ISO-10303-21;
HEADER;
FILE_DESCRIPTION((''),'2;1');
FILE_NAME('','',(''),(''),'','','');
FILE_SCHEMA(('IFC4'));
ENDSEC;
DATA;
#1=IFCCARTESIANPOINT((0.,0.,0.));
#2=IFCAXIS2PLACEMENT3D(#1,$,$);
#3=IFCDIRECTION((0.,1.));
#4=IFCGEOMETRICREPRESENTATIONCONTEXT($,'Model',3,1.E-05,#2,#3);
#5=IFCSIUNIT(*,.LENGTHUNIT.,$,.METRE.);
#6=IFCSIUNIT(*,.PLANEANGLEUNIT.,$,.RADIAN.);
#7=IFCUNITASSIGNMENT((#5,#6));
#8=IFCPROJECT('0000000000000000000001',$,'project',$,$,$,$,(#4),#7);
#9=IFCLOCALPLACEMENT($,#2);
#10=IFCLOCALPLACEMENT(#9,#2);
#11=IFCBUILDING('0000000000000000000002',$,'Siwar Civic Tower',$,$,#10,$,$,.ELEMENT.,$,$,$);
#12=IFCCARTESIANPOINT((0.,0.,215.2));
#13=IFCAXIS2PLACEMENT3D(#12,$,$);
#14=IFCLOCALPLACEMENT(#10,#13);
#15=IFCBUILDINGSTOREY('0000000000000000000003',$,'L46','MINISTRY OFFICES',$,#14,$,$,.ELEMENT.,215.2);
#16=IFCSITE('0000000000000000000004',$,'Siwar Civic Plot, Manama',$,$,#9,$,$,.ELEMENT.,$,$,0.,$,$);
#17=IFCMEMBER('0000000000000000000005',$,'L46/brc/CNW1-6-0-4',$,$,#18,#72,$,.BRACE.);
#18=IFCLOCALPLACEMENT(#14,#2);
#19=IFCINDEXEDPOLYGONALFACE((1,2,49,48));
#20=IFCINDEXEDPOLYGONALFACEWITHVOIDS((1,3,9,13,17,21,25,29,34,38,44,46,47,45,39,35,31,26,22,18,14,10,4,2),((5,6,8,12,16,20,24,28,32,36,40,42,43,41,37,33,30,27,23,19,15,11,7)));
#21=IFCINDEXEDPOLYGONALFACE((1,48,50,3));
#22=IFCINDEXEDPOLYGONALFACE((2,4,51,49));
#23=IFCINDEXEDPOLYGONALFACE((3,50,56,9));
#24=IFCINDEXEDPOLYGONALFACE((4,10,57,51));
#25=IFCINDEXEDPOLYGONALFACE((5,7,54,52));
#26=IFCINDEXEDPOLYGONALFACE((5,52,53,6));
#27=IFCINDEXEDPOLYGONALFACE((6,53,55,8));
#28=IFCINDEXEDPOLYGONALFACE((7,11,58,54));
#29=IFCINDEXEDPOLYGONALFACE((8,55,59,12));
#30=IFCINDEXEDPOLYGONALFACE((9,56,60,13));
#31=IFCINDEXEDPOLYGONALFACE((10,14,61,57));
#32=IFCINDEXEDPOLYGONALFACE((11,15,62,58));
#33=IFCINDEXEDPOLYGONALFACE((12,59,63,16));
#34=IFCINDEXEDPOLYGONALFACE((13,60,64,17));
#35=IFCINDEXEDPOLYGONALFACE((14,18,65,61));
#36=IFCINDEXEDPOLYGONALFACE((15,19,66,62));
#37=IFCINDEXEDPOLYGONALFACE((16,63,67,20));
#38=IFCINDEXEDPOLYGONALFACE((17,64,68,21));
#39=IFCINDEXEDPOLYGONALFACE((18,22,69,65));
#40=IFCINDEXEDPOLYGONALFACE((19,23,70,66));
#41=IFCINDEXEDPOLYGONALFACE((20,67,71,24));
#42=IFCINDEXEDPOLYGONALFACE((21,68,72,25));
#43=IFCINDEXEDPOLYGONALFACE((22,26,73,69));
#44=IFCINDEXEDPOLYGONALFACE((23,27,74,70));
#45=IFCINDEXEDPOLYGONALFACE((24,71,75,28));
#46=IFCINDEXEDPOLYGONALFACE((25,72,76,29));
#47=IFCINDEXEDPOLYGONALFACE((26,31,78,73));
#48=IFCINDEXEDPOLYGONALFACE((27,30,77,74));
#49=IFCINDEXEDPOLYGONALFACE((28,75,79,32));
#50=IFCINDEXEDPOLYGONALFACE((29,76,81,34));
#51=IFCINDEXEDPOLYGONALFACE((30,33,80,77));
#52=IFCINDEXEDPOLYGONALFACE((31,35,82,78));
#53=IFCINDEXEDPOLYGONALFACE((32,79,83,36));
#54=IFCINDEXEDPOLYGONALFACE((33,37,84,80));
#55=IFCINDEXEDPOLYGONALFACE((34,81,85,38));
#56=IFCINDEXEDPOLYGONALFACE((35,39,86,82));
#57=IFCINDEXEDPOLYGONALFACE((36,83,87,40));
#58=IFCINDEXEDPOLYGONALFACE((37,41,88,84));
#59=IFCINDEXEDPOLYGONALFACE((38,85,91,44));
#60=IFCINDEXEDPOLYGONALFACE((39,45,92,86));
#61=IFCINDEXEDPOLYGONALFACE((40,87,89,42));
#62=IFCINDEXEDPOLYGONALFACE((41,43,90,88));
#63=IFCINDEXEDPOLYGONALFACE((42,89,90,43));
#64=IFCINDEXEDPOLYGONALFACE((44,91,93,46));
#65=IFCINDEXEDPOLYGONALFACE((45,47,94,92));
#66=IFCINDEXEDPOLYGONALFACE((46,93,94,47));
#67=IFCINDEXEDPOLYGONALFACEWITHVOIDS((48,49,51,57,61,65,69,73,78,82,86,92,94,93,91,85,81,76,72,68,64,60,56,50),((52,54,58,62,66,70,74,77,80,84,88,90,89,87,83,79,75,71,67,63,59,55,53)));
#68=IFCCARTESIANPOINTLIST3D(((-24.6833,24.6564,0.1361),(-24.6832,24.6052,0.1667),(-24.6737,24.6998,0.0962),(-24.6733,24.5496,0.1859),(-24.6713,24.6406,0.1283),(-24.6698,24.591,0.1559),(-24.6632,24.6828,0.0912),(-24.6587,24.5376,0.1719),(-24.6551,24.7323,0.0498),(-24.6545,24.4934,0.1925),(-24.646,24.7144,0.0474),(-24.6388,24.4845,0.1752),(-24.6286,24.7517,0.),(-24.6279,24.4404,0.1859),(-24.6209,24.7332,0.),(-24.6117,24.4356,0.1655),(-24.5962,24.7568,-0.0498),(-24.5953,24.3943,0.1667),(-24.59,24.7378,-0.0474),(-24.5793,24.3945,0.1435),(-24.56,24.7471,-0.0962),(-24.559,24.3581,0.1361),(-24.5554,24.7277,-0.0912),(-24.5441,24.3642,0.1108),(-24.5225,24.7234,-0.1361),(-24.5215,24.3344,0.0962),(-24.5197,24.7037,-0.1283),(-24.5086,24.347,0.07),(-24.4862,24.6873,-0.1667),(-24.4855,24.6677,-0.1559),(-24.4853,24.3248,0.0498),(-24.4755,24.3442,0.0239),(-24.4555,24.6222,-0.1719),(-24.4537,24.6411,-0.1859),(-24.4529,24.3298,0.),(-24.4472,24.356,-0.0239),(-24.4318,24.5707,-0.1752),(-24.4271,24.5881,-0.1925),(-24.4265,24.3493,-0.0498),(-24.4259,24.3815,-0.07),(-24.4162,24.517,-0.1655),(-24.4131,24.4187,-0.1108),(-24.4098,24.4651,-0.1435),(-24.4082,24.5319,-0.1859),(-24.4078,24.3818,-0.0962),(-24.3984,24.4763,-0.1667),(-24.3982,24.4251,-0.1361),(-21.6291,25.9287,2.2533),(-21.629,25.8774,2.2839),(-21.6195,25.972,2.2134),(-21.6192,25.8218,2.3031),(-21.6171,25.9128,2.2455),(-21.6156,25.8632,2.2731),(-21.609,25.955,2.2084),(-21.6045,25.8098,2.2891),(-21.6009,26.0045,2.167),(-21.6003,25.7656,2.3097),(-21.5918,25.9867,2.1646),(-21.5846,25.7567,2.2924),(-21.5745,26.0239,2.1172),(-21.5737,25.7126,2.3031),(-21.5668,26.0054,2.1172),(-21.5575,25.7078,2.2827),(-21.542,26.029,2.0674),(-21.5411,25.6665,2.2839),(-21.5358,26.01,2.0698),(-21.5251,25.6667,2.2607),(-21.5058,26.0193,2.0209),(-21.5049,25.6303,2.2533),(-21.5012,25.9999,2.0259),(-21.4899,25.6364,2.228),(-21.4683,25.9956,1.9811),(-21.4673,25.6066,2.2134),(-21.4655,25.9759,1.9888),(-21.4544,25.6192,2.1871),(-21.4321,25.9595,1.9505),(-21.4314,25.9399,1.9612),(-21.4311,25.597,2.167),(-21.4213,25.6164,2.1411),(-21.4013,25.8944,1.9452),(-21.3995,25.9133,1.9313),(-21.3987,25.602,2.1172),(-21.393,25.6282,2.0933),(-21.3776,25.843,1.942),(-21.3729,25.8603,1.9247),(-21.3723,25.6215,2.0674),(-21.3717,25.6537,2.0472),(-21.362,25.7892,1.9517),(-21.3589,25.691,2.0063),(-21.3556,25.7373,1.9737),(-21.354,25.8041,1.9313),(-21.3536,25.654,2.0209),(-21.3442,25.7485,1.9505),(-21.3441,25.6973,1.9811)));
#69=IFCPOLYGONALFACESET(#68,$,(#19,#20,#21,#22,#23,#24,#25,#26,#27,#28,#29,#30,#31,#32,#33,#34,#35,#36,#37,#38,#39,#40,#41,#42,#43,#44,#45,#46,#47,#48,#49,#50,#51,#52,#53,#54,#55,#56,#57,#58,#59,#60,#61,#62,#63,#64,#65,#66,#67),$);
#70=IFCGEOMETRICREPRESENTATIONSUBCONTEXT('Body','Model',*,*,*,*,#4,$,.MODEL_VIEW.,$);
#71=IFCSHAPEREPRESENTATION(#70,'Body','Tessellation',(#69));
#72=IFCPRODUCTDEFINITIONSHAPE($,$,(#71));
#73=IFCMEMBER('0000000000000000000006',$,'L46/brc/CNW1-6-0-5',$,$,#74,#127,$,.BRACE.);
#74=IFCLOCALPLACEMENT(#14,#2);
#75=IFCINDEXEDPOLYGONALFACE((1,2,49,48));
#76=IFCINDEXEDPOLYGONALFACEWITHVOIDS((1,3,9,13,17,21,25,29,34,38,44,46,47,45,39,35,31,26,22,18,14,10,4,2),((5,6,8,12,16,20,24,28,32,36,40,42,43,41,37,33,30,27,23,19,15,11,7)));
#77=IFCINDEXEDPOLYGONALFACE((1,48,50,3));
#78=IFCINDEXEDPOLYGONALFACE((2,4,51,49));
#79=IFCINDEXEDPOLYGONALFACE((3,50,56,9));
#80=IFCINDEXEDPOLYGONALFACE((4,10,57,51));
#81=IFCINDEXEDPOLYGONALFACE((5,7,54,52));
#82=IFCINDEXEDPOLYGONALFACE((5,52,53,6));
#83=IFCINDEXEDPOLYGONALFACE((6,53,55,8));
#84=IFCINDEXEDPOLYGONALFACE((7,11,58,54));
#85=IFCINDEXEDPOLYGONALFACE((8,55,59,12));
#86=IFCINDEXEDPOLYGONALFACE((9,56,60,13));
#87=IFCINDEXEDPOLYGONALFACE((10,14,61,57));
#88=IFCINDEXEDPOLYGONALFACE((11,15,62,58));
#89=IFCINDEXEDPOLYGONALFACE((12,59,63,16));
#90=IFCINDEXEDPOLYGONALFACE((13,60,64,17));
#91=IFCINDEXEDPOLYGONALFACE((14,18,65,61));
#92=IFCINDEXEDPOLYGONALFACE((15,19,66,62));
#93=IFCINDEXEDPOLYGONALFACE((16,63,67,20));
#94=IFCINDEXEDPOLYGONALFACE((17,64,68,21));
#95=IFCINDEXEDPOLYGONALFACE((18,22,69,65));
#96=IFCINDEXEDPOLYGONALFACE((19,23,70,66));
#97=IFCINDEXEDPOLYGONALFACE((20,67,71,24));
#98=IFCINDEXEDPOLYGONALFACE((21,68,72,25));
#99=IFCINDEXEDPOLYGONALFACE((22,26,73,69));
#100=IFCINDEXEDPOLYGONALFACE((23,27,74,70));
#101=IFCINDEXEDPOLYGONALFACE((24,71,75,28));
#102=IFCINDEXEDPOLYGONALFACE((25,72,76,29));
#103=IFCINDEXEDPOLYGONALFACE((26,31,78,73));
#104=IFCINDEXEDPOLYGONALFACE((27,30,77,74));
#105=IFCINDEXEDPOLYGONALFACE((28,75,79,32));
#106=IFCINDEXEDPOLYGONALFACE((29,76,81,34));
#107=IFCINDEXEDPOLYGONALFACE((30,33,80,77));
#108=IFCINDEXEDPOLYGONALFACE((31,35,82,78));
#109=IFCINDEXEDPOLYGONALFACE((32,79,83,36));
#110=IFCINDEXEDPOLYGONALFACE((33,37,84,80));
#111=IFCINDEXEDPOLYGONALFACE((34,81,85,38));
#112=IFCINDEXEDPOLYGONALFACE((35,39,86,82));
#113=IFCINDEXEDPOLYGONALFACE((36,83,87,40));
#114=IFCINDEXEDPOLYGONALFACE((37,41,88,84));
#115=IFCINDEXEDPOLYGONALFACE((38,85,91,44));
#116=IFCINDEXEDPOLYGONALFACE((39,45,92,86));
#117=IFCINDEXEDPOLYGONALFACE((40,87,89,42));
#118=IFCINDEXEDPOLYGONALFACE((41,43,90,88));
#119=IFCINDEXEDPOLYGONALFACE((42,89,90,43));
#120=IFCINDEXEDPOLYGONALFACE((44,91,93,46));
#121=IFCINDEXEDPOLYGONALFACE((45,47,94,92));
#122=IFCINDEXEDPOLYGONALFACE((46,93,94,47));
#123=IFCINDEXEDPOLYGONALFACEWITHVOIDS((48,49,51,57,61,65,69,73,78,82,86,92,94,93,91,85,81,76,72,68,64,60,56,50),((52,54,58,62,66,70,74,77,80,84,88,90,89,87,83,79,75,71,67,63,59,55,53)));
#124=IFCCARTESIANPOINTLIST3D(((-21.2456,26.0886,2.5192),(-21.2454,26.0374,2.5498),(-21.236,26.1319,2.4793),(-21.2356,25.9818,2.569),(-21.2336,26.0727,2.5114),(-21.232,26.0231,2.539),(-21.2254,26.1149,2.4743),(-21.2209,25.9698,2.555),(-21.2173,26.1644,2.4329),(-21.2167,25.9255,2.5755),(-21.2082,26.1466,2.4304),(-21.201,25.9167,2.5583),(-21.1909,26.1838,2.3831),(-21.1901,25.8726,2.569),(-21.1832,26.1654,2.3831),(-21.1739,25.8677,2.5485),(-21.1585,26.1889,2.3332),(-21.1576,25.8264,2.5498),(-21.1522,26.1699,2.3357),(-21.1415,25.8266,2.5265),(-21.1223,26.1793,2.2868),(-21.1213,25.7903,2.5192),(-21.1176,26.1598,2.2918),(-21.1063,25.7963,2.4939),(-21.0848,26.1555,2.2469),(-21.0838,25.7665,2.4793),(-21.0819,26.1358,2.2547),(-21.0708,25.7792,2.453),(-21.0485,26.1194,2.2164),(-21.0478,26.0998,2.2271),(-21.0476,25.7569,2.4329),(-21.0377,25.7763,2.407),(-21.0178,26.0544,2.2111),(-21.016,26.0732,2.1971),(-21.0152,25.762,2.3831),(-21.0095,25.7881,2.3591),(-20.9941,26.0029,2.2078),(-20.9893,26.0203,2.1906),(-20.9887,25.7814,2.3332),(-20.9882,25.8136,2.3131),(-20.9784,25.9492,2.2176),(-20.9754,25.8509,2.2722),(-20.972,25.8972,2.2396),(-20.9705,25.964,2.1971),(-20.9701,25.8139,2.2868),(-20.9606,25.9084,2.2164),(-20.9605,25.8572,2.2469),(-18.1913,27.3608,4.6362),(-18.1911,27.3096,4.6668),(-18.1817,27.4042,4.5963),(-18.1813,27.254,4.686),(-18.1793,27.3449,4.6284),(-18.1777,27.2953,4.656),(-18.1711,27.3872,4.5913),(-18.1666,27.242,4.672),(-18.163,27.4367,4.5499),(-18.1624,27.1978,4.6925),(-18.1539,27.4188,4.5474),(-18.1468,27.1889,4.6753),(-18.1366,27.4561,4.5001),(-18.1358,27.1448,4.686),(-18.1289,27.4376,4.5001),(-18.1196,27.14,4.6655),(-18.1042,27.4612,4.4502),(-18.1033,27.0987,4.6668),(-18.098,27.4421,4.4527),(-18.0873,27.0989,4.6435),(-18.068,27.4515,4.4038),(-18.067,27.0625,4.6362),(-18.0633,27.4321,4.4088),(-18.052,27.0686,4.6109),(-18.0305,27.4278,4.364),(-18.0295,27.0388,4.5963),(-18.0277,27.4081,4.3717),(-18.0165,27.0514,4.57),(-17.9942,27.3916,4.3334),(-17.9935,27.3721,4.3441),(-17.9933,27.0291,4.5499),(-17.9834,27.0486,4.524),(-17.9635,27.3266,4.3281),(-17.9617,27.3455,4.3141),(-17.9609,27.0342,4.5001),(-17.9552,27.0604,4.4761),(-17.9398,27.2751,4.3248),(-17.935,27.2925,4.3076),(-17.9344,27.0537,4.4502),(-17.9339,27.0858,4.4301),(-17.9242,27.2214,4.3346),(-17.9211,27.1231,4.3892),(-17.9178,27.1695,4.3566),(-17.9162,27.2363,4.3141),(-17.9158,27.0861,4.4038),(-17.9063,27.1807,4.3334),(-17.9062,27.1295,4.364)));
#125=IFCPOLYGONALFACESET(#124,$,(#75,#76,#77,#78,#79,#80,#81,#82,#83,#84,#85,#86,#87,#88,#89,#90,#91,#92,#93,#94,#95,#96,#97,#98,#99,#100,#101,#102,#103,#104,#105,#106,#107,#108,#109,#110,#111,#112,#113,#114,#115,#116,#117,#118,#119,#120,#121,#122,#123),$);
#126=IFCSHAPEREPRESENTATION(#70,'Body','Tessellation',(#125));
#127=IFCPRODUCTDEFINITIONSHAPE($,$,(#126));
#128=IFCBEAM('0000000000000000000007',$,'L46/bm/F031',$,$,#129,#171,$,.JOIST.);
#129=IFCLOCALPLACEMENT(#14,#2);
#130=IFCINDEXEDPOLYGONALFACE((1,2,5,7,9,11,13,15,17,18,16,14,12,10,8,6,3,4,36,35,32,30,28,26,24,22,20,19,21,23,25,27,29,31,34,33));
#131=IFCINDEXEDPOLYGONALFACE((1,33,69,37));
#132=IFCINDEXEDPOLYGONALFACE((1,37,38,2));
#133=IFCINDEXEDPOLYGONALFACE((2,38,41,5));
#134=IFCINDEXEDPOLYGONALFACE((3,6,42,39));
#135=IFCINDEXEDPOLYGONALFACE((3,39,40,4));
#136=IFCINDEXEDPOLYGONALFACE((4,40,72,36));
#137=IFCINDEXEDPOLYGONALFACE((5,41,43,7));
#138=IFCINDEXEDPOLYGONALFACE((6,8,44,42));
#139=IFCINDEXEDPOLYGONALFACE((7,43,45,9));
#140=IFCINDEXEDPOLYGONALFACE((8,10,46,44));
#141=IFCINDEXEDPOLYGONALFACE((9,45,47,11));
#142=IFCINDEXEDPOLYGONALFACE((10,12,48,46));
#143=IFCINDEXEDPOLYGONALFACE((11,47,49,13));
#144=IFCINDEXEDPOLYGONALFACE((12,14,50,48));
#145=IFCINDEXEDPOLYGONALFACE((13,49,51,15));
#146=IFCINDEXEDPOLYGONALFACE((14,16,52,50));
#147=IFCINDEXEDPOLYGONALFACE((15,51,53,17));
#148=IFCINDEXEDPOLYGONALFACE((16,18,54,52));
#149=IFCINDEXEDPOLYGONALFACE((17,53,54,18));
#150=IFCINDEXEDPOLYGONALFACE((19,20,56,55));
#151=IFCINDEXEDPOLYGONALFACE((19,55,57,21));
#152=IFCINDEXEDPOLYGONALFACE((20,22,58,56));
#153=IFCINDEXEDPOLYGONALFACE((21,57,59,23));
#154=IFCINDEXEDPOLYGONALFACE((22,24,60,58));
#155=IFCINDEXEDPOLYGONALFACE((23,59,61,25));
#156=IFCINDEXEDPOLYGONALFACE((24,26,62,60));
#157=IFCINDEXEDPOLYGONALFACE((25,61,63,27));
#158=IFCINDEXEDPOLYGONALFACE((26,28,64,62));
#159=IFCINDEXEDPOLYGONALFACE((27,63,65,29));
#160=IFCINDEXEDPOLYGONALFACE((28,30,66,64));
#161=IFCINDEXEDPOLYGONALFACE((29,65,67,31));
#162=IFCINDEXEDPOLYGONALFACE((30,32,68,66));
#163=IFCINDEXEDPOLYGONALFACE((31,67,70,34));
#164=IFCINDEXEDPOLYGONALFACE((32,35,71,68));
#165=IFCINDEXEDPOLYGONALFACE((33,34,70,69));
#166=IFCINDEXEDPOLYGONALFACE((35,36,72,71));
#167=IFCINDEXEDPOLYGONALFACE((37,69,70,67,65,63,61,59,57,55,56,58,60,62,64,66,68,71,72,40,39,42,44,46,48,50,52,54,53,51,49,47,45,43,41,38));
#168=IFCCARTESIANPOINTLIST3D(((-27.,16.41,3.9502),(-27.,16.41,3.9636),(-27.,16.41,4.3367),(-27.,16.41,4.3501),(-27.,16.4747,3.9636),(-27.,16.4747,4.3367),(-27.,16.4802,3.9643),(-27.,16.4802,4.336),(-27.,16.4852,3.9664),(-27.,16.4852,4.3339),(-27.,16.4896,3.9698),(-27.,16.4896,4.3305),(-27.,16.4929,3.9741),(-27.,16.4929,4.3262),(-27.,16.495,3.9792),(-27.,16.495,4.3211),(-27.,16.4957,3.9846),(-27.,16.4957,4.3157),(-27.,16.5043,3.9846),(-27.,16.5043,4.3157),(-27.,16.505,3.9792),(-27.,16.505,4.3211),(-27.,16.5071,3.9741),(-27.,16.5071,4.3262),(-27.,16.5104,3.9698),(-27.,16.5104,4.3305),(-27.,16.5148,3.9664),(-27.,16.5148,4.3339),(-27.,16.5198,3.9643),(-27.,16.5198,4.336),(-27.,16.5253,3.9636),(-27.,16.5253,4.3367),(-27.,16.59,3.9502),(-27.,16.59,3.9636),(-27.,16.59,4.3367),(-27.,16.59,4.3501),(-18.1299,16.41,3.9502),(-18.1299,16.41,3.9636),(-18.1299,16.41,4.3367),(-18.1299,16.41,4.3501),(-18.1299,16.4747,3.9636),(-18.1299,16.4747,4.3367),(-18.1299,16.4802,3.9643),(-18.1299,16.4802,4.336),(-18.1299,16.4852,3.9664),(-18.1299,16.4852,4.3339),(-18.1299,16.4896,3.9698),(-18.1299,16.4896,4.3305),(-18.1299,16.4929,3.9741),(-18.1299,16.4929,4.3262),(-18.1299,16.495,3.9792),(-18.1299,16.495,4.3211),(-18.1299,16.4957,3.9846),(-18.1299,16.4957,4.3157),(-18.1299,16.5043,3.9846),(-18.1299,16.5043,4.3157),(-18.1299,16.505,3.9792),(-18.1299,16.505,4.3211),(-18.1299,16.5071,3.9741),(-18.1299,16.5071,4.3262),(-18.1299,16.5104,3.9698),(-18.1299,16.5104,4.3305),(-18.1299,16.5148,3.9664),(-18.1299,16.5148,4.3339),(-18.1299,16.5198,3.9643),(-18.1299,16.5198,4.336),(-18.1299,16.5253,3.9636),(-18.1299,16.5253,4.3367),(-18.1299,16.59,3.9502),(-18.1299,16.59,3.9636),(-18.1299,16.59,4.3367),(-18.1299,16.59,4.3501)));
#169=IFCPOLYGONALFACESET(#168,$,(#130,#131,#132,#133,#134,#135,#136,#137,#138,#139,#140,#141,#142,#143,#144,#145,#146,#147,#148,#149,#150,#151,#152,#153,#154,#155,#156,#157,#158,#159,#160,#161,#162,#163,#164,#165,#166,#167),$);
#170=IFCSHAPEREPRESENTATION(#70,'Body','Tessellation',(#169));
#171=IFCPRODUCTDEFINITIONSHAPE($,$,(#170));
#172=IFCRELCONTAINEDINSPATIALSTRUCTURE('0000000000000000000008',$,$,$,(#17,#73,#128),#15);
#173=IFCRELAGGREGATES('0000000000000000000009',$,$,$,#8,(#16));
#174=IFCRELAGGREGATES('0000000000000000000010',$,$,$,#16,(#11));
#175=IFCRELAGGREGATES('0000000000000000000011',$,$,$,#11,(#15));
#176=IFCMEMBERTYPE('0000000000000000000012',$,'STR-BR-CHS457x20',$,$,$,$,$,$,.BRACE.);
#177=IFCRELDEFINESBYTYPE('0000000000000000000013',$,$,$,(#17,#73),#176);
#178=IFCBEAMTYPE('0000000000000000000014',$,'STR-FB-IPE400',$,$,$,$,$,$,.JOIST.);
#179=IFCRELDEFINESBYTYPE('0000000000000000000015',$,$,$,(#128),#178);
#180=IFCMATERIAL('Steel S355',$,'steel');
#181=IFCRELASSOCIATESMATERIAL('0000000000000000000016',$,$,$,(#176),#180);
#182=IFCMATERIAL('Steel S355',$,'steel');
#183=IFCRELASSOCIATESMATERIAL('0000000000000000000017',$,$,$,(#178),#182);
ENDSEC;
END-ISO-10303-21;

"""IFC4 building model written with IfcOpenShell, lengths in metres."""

from ifc_helpers import new_model, si_unit, direction, frame, origin, origin_2d, place, context, subcontext, project, spatial, hollow_circle, i_section, extrude, material, material_profile, profile_set, type_object, element, save


model = new_model("IFC4")

# Units and contexts
model_context = context("Model", 3, precision=1e-05, world=origin(), true_north=direction((0.0, 1.0)))
body_context = subcontext(model_context, "Body", "Model", "MODEL_VIEW")
ifc_project = project(units=[si_unit("LENGTHUNIT", "METRE"), si_unit("PLANEANGLEUNIT", "RADIAN")], contexts=[model_context])

# Site, building, storey
site_placement = place(None, origin())
site = spatial("IfcSite", under=ifc_project, at=site_placement, Name="Siwar Civic Plot, Manama", CompositionType="ELEMENT", RefElevation=0.0)
building_placement = place(site_placement, origin())
building = spatial("IfcBuilding", under=site, at=building_placement, Name="Siwar Civic Tower", CompositionType="ELEMENT")
storey_placement = place(building_placement, frame((0.0, 0.0, 215.2)))
storey = spatial("IfcBuildingStorey", under=building, at=storey_placement, Name="L46", Description="MINISTRY OFFICES", CompositionType="ELEMENT", Elevation=215.2)

# Members
ifc_material_1 = material(Name="Steel S355", Category="steel")
ifc_material_profile_1 = material_profile(ifc_material_1, hollow_circle(Radius=0.2285, WallThickness=0.02, at=origin_2d()), Name="CHS457x20")
ifc_profile_set_1 = profile_set([ifc_material_profile_1], Name="Steel S355")
member_type_1 = type_object("IfcMemberType", Name="STR-BR-CHS457x20", PredefinedType="BRACE", material=ifc_profile_set_1)
for number, where, z_axis, x_axis, name in (
    (1, (-24.5408, 24.5408, 0.0), (0.777546, 0.323884, 0.538999), (-0.384521, 0.923116, 0.0), "L46/brc/CNW1-6-0-4"),
    (2, (-21.103, 25.9729, 2.3831), (0.777572, 0.323895, 0.538955), (-0.384521, 0.923116, 0.0), "L46/brc/CNW1-6-0-5"),
):
    element("IfcMember", number, at=place(storey_placement, frame(where, z_axis=z_axis, x_axis=x_axis)), inside=storey, type_object=member_type_1, Name=name, PredefinedType="BRACE", context=body_context, shape_type="SweptSolid", body=[
        extrude(hollow_circle(Radius=0.2285, WallThickness=0.02, at=origin_2d()), origin(), (0.0, 0.0, 1.0), 3.928),
    ])

# Beam
ifc_material_2 = material(Name="Steel S355", Category="steel")
ifc_material_profile_2 = material_profile(ifc_material_2, i_section(OverallWidth=0.1799, OverallDepth=0.3999, WebThickness=0.0085, FlangeThickness=0.0134, FilletRadius=0.021, at=origin_2d()), Name="IPE400")
ifc_profile_set_2 = profile_set([ifc_material_profile_2], Name="Steel S355")
beam_type_1 = type_object("IfcBeamType", Name="STR-FB-IPE400", PredefinedType="JOIST", material=ifc_profile_set_2)
beam_1_placement = place(storey_placement, frame((-27.0, 16.5, 4.1501), z_axis=(1.0, 0.0, 0.0), x_axis=(0.0, 1.0, 0.0)))
element("IfcBeam", 3, at=beam_1_placement, inside=storey, type_object=beam_type_1, Name="L46/bm/F031", PredefinedType="JOIST", context=body_context, shape_type="SweptSolid", body=[
    extrude(i_section(OverallWidth=0.1799, OverallDepth=0.3999, WebThickness=0.0085, FlangeThickness=0.0134, FilletRadius=0.021, at=origin_2d()), origin(), (0.0, 0.0, 1.0), 8.8701),
])

save(model, "model.ifc")
